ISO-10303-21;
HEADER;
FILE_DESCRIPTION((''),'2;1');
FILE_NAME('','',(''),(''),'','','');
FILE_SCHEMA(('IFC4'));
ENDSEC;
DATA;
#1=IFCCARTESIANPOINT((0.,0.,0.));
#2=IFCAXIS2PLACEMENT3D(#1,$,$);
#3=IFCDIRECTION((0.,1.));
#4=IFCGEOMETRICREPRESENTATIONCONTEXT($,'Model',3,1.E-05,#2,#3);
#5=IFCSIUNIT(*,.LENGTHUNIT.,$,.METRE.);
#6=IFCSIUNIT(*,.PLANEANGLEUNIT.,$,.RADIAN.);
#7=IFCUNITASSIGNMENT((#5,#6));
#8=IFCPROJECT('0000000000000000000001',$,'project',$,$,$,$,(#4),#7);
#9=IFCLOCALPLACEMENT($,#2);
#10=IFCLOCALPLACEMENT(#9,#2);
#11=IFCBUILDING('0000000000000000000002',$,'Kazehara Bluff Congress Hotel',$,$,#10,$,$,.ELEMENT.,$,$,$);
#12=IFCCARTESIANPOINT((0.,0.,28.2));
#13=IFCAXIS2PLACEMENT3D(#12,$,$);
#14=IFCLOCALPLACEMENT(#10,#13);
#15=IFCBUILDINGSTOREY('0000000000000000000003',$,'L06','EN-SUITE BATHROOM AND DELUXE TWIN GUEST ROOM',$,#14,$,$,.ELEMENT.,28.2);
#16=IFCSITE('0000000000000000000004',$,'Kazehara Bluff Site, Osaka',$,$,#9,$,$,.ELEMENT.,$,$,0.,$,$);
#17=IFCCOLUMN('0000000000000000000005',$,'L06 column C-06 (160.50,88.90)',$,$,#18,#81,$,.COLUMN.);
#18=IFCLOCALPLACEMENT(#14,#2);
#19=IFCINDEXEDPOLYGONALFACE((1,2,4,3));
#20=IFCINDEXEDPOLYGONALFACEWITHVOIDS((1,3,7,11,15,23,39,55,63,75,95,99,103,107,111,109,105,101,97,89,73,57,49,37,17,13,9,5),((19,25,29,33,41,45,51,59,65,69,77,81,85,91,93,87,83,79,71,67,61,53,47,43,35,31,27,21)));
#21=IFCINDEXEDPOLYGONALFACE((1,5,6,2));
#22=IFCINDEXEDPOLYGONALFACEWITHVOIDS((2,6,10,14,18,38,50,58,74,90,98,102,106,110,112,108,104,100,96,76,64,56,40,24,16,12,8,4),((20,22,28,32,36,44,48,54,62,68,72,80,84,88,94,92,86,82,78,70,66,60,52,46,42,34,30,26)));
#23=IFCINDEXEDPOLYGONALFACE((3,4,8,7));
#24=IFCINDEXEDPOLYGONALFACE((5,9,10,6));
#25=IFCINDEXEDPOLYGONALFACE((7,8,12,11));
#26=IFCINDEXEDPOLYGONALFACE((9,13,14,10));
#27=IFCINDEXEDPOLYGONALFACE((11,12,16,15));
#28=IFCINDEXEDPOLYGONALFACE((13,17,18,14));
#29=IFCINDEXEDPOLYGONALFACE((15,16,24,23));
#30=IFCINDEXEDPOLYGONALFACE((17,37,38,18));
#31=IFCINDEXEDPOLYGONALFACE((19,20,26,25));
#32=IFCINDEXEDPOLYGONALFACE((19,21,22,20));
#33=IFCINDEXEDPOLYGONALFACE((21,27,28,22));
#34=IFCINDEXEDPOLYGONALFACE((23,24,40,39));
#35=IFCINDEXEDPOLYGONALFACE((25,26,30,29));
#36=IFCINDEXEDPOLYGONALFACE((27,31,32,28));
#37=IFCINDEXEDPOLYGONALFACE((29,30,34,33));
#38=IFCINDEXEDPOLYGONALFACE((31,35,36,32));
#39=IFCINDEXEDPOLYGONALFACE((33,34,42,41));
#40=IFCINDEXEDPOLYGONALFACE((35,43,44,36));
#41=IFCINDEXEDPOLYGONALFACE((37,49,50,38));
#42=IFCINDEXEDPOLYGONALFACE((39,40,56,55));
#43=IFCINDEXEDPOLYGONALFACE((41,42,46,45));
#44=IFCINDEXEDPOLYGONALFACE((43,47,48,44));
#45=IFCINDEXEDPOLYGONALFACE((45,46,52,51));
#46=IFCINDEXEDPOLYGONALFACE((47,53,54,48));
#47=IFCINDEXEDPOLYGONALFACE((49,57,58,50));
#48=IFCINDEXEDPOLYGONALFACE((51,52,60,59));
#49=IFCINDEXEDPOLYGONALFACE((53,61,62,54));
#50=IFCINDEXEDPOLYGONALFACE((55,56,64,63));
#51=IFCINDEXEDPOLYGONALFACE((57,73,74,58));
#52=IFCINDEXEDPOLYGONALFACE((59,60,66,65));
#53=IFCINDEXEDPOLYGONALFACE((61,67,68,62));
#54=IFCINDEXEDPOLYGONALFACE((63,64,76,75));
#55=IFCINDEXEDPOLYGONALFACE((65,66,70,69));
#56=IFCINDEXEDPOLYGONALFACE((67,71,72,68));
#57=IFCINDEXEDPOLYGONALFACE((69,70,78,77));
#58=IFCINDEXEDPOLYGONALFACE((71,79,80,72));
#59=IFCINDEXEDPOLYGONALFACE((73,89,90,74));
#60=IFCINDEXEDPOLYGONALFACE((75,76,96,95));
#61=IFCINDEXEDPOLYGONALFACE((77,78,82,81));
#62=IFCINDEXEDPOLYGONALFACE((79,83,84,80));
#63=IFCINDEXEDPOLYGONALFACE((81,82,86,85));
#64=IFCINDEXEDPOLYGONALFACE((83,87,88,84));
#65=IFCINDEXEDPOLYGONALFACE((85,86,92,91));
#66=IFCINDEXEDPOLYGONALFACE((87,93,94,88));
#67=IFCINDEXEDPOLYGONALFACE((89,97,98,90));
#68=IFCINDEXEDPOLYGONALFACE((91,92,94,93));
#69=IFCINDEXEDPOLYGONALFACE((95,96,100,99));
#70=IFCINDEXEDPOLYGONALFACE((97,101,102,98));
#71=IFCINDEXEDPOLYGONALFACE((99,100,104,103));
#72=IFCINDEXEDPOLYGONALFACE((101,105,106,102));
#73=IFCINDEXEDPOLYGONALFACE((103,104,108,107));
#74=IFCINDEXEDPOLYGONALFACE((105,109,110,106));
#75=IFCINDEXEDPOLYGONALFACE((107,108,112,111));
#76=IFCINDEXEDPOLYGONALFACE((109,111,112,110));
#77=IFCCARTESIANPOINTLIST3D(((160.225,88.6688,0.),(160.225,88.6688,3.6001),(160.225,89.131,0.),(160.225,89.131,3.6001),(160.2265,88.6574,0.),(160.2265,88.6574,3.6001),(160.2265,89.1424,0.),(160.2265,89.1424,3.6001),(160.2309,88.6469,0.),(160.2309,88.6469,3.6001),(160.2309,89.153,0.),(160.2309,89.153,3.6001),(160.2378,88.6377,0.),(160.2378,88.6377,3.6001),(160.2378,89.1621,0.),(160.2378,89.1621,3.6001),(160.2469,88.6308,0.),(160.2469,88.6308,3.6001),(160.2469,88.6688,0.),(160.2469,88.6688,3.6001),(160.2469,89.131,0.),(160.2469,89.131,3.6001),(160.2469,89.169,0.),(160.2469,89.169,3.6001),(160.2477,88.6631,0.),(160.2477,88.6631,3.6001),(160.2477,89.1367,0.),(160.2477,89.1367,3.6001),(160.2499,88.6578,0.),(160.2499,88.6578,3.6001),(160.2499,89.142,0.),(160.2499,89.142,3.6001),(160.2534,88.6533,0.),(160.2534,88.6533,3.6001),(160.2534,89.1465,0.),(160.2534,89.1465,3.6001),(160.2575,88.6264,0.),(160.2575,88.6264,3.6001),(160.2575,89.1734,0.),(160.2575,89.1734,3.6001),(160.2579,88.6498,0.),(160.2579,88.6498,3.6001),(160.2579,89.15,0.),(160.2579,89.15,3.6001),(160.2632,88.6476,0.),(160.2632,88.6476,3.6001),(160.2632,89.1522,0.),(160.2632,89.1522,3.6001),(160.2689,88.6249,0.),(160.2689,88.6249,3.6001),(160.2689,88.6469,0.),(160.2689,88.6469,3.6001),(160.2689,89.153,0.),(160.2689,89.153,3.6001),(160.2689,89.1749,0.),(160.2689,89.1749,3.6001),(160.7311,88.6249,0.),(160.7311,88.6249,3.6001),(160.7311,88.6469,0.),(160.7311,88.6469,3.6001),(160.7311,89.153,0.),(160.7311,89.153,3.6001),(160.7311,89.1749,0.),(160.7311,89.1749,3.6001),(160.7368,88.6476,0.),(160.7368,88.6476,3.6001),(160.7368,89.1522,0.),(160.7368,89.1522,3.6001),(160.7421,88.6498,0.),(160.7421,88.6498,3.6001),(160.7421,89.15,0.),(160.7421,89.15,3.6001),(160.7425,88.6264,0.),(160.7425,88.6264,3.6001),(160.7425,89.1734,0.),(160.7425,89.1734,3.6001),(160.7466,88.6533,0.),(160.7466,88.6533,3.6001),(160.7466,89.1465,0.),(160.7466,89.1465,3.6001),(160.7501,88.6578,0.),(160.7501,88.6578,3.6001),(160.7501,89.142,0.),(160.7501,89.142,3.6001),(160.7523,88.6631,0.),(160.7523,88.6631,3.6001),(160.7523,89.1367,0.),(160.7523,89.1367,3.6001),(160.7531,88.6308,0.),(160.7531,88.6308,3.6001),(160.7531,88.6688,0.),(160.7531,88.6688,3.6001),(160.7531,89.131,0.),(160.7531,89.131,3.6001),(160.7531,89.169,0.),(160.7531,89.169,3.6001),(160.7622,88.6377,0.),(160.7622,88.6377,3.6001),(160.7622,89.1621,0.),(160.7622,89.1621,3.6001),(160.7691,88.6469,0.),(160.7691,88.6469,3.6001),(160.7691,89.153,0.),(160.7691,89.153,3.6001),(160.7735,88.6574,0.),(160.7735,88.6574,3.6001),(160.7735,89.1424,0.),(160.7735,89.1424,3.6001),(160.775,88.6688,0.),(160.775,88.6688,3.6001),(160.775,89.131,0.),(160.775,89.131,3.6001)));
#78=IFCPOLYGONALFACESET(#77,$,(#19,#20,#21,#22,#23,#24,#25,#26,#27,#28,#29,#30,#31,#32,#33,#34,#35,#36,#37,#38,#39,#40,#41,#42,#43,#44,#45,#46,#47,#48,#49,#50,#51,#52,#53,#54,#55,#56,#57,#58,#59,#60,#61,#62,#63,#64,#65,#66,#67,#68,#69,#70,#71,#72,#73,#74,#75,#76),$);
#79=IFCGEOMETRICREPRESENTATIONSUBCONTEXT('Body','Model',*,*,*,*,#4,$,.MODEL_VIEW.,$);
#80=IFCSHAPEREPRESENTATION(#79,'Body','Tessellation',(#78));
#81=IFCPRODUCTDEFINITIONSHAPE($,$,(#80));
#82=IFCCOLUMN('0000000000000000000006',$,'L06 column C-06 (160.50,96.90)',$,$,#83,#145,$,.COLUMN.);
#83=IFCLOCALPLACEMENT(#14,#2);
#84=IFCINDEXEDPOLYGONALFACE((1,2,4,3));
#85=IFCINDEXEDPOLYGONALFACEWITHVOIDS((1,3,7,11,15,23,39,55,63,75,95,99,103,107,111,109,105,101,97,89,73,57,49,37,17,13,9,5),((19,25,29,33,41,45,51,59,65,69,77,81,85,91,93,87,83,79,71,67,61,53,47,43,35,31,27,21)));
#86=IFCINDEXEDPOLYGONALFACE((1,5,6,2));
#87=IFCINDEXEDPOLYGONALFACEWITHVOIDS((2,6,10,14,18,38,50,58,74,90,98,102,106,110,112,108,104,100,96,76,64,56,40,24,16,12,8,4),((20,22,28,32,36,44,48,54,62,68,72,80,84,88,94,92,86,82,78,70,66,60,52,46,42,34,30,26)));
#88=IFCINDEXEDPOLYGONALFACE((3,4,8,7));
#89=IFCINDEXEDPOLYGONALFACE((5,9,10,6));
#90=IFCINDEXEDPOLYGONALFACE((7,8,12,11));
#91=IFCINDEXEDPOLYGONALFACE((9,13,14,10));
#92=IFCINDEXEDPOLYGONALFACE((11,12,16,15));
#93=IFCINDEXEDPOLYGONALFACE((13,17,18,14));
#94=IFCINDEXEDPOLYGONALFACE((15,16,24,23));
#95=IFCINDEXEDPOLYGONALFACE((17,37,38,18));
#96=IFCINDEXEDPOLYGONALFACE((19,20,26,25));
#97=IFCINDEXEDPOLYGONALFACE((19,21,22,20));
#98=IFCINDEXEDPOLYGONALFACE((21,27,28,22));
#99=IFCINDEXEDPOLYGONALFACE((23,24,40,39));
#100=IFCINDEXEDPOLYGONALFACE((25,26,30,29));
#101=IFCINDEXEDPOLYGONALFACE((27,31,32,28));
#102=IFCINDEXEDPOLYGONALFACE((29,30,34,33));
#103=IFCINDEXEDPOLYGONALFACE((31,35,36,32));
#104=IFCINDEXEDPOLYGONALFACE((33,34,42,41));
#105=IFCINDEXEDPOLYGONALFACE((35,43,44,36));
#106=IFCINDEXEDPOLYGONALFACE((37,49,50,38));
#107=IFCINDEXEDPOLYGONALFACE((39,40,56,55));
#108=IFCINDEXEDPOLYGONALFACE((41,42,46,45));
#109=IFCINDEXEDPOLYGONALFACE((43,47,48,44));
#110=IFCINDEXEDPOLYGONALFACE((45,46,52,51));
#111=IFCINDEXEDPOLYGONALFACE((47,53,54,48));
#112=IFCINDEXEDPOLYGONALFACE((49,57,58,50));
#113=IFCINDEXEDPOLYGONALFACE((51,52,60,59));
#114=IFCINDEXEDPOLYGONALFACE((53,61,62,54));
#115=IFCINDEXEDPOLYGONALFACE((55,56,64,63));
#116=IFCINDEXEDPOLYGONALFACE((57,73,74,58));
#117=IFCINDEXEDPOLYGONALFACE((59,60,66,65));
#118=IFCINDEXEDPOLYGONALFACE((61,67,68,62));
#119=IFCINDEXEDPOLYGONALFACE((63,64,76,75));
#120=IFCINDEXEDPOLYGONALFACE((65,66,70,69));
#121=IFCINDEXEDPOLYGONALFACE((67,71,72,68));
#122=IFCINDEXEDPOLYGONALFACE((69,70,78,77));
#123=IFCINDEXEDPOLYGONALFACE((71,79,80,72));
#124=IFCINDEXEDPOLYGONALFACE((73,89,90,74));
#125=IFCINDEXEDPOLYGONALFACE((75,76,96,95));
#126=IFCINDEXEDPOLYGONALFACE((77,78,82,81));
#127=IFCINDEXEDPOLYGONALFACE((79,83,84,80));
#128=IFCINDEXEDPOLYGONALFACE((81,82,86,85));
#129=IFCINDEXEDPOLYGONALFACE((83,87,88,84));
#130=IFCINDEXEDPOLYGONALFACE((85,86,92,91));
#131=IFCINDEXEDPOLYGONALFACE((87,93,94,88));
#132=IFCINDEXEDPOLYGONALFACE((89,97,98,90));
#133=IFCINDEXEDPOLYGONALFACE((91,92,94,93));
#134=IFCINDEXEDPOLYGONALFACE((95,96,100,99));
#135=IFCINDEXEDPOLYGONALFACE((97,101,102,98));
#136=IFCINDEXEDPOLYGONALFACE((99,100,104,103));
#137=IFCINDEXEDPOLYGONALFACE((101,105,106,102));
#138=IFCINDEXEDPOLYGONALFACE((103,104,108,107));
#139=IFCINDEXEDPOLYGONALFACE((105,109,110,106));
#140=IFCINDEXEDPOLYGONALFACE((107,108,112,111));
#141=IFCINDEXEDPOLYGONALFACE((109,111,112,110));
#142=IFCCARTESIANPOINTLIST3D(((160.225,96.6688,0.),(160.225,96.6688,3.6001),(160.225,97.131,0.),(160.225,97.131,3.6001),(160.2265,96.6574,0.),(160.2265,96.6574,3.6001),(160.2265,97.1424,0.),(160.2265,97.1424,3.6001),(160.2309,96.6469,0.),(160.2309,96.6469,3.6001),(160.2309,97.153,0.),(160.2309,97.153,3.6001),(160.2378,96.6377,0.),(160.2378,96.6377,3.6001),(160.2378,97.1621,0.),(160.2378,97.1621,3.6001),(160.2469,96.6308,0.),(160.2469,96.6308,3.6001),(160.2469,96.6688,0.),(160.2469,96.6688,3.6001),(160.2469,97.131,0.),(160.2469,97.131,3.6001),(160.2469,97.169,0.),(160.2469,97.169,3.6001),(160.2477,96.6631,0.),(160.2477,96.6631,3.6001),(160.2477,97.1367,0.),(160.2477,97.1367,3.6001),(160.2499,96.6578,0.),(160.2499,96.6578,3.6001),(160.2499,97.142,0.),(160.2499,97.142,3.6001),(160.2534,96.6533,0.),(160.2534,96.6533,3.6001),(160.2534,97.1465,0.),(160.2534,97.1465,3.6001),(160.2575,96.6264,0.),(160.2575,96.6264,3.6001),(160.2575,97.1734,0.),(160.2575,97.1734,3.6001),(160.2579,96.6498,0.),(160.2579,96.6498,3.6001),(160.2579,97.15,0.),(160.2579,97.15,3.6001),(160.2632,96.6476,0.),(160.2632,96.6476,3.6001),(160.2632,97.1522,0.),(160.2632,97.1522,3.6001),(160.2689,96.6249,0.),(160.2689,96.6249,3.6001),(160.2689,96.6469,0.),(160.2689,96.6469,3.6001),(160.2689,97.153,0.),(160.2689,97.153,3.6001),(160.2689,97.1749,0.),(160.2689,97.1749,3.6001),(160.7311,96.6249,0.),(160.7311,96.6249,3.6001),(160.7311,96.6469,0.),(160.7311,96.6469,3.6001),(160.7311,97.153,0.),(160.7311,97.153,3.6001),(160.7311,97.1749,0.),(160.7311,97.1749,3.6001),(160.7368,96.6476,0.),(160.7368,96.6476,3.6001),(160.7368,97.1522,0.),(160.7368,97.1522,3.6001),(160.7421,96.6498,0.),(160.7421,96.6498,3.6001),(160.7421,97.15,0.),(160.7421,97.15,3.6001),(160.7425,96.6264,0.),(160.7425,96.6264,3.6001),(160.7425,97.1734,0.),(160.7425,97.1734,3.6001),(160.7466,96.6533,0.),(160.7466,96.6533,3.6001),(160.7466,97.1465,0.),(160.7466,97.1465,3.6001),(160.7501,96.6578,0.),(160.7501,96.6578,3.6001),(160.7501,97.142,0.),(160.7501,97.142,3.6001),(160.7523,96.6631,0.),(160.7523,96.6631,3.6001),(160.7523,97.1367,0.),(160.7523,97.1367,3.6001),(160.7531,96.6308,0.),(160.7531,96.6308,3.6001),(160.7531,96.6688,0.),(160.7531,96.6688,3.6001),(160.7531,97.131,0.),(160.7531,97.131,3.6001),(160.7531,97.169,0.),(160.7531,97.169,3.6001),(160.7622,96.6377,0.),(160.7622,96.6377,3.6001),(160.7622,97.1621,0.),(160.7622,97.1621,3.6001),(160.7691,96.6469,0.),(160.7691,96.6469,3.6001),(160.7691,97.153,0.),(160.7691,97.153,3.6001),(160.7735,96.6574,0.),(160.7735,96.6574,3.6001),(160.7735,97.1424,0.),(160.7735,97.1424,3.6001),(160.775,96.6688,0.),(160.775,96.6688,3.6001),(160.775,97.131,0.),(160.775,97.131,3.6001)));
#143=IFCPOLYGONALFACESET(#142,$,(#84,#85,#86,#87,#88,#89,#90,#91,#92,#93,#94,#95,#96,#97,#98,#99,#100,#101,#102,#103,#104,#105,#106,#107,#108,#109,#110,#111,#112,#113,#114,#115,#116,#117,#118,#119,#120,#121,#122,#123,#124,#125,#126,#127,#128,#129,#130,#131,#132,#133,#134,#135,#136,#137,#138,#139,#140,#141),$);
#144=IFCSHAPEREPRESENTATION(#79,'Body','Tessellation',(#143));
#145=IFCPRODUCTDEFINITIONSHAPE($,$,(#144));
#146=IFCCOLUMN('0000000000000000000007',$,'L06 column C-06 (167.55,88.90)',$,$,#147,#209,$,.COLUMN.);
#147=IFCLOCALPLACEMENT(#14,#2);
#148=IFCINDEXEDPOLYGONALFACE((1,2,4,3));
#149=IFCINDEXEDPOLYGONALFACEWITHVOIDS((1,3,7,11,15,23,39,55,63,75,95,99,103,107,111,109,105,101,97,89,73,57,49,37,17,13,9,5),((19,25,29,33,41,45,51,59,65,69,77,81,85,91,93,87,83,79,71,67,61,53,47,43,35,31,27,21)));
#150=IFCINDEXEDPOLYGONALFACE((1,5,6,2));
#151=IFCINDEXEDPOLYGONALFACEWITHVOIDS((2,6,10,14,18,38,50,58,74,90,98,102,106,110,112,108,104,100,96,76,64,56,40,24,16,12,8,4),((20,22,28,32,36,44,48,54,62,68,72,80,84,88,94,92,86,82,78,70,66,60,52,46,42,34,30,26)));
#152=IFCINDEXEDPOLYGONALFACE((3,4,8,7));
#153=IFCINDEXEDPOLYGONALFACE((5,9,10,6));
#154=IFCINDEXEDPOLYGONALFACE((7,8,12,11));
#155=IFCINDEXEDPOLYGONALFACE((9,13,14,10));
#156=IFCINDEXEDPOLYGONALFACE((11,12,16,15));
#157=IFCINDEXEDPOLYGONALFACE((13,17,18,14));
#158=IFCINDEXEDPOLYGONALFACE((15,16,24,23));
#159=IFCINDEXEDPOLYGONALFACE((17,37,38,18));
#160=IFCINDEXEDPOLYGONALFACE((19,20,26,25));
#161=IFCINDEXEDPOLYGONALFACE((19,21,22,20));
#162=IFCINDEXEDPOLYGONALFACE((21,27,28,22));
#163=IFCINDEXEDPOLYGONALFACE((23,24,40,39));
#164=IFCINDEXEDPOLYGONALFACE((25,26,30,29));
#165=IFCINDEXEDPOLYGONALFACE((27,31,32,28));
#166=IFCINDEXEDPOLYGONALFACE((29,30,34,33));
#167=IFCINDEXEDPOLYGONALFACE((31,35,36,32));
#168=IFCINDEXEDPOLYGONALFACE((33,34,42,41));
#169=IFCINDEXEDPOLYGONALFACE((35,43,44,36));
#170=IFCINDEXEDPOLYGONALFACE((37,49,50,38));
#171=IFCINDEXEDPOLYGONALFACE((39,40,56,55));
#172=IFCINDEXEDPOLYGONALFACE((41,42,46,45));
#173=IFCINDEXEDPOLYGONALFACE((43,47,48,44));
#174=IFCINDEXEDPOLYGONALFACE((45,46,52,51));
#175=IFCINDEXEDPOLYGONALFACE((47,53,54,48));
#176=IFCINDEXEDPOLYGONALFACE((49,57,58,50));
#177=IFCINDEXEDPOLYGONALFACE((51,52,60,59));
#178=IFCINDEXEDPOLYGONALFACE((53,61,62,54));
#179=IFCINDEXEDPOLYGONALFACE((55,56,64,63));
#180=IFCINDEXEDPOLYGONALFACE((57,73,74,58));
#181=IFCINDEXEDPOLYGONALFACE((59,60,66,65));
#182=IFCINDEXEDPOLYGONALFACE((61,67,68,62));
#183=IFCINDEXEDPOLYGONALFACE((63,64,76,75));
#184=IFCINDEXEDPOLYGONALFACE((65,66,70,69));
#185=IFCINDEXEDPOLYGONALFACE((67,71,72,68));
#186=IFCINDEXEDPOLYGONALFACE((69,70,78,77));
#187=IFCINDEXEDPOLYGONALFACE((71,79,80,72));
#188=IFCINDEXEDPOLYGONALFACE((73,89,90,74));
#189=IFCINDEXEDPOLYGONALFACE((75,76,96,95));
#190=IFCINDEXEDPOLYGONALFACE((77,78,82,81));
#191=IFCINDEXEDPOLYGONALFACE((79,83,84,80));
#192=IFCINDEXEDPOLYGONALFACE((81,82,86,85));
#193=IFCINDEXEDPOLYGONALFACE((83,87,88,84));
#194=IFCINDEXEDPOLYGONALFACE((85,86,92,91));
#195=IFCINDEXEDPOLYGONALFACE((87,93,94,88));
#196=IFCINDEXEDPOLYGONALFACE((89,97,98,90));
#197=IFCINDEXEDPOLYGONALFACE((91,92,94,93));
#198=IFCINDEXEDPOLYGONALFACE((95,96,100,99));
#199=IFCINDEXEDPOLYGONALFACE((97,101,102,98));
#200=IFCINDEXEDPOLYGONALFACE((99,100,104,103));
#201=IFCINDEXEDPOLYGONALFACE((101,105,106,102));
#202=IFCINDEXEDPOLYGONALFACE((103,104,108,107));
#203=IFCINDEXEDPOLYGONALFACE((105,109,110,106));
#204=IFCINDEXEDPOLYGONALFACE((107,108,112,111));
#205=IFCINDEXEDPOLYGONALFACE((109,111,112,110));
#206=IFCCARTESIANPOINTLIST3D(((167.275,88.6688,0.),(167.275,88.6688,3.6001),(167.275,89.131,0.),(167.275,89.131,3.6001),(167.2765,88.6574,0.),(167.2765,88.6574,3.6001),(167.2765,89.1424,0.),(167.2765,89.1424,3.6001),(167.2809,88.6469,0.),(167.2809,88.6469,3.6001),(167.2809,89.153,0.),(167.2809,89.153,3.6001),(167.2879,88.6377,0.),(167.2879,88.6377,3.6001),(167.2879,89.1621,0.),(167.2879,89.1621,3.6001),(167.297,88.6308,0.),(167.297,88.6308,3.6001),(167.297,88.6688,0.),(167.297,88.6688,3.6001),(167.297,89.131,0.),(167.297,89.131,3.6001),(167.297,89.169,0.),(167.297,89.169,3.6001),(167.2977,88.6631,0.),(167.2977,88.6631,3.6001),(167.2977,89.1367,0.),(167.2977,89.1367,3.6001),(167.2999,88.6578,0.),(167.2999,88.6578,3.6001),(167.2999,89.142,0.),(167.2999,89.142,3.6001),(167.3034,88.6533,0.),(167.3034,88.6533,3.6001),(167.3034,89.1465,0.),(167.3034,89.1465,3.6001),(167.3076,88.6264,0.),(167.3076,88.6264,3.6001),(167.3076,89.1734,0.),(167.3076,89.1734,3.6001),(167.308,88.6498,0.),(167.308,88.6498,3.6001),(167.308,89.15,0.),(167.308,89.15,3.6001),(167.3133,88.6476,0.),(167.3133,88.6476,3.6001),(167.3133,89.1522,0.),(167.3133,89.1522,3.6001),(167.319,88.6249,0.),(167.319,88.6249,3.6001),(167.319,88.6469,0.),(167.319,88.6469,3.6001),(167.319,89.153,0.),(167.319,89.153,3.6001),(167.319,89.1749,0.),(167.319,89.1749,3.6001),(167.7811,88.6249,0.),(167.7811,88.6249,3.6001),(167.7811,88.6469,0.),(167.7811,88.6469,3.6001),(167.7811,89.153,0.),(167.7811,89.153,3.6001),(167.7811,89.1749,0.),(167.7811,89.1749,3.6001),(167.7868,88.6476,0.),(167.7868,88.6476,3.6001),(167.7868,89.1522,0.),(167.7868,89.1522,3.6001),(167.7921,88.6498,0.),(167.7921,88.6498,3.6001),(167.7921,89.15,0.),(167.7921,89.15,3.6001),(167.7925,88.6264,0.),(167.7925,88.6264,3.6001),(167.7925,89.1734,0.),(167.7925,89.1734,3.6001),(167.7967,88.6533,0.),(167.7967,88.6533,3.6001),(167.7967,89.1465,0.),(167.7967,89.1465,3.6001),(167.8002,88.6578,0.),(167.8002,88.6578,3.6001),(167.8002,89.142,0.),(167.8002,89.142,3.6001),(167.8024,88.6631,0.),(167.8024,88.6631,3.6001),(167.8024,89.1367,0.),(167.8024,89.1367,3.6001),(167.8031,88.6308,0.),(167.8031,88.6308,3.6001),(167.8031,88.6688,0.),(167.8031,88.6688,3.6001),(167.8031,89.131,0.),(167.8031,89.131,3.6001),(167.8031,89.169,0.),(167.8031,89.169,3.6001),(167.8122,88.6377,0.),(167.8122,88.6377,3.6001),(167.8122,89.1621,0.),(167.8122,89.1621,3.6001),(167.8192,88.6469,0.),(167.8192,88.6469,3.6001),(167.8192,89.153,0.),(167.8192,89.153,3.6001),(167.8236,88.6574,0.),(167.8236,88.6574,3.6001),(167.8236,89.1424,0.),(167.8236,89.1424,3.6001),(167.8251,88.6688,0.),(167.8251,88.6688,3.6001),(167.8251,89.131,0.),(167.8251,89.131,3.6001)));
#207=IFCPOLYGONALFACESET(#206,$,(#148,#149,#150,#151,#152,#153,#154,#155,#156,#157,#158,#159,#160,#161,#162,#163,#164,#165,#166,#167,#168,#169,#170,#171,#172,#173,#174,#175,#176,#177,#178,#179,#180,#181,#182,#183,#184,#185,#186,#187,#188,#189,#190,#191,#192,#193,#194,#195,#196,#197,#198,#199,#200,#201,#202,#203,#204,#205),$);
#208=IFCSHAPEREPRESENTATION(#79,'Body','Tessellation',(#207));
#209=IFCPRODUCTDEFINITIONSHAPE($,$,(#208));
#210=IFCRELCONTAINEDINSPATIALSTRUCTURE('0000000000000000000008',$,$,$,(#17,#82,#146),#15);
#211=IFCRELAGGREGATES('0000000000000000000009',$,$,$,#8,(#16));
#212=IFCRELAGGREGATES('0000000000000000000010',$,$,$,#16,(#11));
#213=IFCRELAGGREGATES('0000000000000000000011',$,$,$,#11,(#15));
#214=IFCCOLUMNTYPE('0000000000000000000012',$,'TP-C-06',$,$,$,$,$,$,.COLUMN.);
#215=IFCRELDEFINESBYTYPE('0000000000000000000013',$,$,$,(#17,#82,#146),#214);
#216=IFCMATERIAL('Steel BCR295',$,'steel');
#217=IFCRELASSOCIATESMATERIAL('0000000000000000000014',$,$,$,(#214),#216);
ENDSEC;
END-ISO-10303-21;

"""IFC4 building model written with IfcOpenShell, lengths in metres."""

from ifc_helpers import new_model, si_unit, direction, frame, origin, origin_2d, place, context, subcontext, project, spatial, hollow_rectangle, extrude, material, material_profile, profile_set, type_object, element, save


model = new_model("IFC4")

# Units and contexts
model_context = context("Model", 3, precision=1e-05, world=origin(), true_north=direction((0.0, 1.0)))
body_context = subcontext(model_context, "Body", "Model", "MODEL_VIEW")
ifc_project = project(units=[si_unit("LENGTHUNIT", "METRE"), si_unit("PLANEANGLEUNIT", "RADIAN")], contexts=[model_context])

# Site, building, storey
site_placement = place(None, origin())
site = spatial("IfcSite", under=ifc_project, at=site_placement, Name="Kazehara Bluff Site, Osaka", CompositionType="ELEMENT", RefElevation=0.0)
building_placement = place(site_placement, origin())
building = spatial("IfcBuilding", under=site, at=building_placement, Name="Kazehara Bluff Congress Hotel", CompositionType="ELEMENT")
storey_placement = place(building_placement, frame((0.0, 0.0, 28.2)))
storey = spatial("IfcBuildingStorey", under=building, at=storey_placement, Name="L06", Description="EN-SUITE BATHROOM AND DELUXE TWIN GUEST ROOM", CompositionType="ELEMENT", Elevation=28.2)

# Columns
ifc_material_1 = material(Name="Steel BCR295", Category="steel")
ifc_material_profile_1 = material_profile(ifc_material_1, hollow_rectangle(XDim=0.55, YDim=0.55, WallThickness=0.022, InnerFilletRadius=0.022, OuterFilletRadius=0.0439, at=origin_2d()))
ifc_profile_set_1 = profile_set([ifc_material_profile_1], Name="Steel BCR295")
column_type = type_object("IfcColumnType", Name="TP-C-06", PredefinedType="COLUMN", material=ifc_profile_set_1)
for number, where, z_axis, x_axis, name in (
    (1, (160.5, 88.8999, 0.0), (0.0, 0.0, 1.0), (1.0, 0.0, 0.0), "L06 column C-06 (160.50,88.90)"),
    (2, (160.5, 96.8999, 0.0), (0.0, 0.0, 1.0), (1.0, 0.0, 0.0), "L06 column C-06 (160.50,96.90)"),
    (3, (167.55, 88.8999, 0.0), (0.0, 0.0, 1.0), (1.0, 0.0, 0.0), "L06 column C-06 (167.55,88.90)"),
):
    element("IfcColumn", number, at=place(storey_placement, frame(where, z_axis=z_axis, x_axis=x_axis)), inside=storey, type_object=column_type, Name=name, PredefinedType="COLUMN", context=body_context, shape_type="SweptSolid", body=[
        extrude(hollow_rectangle(XDim=0.55, YDim=0.55, WallThickness=0.022, InnerFilletRadius=0.022, OuterFilletRadius=0.0439, at=origin_2d()), origin(), (0.0, 0.0, 1.0), 3.6001),
    ])

save(model, "model.ifc")
